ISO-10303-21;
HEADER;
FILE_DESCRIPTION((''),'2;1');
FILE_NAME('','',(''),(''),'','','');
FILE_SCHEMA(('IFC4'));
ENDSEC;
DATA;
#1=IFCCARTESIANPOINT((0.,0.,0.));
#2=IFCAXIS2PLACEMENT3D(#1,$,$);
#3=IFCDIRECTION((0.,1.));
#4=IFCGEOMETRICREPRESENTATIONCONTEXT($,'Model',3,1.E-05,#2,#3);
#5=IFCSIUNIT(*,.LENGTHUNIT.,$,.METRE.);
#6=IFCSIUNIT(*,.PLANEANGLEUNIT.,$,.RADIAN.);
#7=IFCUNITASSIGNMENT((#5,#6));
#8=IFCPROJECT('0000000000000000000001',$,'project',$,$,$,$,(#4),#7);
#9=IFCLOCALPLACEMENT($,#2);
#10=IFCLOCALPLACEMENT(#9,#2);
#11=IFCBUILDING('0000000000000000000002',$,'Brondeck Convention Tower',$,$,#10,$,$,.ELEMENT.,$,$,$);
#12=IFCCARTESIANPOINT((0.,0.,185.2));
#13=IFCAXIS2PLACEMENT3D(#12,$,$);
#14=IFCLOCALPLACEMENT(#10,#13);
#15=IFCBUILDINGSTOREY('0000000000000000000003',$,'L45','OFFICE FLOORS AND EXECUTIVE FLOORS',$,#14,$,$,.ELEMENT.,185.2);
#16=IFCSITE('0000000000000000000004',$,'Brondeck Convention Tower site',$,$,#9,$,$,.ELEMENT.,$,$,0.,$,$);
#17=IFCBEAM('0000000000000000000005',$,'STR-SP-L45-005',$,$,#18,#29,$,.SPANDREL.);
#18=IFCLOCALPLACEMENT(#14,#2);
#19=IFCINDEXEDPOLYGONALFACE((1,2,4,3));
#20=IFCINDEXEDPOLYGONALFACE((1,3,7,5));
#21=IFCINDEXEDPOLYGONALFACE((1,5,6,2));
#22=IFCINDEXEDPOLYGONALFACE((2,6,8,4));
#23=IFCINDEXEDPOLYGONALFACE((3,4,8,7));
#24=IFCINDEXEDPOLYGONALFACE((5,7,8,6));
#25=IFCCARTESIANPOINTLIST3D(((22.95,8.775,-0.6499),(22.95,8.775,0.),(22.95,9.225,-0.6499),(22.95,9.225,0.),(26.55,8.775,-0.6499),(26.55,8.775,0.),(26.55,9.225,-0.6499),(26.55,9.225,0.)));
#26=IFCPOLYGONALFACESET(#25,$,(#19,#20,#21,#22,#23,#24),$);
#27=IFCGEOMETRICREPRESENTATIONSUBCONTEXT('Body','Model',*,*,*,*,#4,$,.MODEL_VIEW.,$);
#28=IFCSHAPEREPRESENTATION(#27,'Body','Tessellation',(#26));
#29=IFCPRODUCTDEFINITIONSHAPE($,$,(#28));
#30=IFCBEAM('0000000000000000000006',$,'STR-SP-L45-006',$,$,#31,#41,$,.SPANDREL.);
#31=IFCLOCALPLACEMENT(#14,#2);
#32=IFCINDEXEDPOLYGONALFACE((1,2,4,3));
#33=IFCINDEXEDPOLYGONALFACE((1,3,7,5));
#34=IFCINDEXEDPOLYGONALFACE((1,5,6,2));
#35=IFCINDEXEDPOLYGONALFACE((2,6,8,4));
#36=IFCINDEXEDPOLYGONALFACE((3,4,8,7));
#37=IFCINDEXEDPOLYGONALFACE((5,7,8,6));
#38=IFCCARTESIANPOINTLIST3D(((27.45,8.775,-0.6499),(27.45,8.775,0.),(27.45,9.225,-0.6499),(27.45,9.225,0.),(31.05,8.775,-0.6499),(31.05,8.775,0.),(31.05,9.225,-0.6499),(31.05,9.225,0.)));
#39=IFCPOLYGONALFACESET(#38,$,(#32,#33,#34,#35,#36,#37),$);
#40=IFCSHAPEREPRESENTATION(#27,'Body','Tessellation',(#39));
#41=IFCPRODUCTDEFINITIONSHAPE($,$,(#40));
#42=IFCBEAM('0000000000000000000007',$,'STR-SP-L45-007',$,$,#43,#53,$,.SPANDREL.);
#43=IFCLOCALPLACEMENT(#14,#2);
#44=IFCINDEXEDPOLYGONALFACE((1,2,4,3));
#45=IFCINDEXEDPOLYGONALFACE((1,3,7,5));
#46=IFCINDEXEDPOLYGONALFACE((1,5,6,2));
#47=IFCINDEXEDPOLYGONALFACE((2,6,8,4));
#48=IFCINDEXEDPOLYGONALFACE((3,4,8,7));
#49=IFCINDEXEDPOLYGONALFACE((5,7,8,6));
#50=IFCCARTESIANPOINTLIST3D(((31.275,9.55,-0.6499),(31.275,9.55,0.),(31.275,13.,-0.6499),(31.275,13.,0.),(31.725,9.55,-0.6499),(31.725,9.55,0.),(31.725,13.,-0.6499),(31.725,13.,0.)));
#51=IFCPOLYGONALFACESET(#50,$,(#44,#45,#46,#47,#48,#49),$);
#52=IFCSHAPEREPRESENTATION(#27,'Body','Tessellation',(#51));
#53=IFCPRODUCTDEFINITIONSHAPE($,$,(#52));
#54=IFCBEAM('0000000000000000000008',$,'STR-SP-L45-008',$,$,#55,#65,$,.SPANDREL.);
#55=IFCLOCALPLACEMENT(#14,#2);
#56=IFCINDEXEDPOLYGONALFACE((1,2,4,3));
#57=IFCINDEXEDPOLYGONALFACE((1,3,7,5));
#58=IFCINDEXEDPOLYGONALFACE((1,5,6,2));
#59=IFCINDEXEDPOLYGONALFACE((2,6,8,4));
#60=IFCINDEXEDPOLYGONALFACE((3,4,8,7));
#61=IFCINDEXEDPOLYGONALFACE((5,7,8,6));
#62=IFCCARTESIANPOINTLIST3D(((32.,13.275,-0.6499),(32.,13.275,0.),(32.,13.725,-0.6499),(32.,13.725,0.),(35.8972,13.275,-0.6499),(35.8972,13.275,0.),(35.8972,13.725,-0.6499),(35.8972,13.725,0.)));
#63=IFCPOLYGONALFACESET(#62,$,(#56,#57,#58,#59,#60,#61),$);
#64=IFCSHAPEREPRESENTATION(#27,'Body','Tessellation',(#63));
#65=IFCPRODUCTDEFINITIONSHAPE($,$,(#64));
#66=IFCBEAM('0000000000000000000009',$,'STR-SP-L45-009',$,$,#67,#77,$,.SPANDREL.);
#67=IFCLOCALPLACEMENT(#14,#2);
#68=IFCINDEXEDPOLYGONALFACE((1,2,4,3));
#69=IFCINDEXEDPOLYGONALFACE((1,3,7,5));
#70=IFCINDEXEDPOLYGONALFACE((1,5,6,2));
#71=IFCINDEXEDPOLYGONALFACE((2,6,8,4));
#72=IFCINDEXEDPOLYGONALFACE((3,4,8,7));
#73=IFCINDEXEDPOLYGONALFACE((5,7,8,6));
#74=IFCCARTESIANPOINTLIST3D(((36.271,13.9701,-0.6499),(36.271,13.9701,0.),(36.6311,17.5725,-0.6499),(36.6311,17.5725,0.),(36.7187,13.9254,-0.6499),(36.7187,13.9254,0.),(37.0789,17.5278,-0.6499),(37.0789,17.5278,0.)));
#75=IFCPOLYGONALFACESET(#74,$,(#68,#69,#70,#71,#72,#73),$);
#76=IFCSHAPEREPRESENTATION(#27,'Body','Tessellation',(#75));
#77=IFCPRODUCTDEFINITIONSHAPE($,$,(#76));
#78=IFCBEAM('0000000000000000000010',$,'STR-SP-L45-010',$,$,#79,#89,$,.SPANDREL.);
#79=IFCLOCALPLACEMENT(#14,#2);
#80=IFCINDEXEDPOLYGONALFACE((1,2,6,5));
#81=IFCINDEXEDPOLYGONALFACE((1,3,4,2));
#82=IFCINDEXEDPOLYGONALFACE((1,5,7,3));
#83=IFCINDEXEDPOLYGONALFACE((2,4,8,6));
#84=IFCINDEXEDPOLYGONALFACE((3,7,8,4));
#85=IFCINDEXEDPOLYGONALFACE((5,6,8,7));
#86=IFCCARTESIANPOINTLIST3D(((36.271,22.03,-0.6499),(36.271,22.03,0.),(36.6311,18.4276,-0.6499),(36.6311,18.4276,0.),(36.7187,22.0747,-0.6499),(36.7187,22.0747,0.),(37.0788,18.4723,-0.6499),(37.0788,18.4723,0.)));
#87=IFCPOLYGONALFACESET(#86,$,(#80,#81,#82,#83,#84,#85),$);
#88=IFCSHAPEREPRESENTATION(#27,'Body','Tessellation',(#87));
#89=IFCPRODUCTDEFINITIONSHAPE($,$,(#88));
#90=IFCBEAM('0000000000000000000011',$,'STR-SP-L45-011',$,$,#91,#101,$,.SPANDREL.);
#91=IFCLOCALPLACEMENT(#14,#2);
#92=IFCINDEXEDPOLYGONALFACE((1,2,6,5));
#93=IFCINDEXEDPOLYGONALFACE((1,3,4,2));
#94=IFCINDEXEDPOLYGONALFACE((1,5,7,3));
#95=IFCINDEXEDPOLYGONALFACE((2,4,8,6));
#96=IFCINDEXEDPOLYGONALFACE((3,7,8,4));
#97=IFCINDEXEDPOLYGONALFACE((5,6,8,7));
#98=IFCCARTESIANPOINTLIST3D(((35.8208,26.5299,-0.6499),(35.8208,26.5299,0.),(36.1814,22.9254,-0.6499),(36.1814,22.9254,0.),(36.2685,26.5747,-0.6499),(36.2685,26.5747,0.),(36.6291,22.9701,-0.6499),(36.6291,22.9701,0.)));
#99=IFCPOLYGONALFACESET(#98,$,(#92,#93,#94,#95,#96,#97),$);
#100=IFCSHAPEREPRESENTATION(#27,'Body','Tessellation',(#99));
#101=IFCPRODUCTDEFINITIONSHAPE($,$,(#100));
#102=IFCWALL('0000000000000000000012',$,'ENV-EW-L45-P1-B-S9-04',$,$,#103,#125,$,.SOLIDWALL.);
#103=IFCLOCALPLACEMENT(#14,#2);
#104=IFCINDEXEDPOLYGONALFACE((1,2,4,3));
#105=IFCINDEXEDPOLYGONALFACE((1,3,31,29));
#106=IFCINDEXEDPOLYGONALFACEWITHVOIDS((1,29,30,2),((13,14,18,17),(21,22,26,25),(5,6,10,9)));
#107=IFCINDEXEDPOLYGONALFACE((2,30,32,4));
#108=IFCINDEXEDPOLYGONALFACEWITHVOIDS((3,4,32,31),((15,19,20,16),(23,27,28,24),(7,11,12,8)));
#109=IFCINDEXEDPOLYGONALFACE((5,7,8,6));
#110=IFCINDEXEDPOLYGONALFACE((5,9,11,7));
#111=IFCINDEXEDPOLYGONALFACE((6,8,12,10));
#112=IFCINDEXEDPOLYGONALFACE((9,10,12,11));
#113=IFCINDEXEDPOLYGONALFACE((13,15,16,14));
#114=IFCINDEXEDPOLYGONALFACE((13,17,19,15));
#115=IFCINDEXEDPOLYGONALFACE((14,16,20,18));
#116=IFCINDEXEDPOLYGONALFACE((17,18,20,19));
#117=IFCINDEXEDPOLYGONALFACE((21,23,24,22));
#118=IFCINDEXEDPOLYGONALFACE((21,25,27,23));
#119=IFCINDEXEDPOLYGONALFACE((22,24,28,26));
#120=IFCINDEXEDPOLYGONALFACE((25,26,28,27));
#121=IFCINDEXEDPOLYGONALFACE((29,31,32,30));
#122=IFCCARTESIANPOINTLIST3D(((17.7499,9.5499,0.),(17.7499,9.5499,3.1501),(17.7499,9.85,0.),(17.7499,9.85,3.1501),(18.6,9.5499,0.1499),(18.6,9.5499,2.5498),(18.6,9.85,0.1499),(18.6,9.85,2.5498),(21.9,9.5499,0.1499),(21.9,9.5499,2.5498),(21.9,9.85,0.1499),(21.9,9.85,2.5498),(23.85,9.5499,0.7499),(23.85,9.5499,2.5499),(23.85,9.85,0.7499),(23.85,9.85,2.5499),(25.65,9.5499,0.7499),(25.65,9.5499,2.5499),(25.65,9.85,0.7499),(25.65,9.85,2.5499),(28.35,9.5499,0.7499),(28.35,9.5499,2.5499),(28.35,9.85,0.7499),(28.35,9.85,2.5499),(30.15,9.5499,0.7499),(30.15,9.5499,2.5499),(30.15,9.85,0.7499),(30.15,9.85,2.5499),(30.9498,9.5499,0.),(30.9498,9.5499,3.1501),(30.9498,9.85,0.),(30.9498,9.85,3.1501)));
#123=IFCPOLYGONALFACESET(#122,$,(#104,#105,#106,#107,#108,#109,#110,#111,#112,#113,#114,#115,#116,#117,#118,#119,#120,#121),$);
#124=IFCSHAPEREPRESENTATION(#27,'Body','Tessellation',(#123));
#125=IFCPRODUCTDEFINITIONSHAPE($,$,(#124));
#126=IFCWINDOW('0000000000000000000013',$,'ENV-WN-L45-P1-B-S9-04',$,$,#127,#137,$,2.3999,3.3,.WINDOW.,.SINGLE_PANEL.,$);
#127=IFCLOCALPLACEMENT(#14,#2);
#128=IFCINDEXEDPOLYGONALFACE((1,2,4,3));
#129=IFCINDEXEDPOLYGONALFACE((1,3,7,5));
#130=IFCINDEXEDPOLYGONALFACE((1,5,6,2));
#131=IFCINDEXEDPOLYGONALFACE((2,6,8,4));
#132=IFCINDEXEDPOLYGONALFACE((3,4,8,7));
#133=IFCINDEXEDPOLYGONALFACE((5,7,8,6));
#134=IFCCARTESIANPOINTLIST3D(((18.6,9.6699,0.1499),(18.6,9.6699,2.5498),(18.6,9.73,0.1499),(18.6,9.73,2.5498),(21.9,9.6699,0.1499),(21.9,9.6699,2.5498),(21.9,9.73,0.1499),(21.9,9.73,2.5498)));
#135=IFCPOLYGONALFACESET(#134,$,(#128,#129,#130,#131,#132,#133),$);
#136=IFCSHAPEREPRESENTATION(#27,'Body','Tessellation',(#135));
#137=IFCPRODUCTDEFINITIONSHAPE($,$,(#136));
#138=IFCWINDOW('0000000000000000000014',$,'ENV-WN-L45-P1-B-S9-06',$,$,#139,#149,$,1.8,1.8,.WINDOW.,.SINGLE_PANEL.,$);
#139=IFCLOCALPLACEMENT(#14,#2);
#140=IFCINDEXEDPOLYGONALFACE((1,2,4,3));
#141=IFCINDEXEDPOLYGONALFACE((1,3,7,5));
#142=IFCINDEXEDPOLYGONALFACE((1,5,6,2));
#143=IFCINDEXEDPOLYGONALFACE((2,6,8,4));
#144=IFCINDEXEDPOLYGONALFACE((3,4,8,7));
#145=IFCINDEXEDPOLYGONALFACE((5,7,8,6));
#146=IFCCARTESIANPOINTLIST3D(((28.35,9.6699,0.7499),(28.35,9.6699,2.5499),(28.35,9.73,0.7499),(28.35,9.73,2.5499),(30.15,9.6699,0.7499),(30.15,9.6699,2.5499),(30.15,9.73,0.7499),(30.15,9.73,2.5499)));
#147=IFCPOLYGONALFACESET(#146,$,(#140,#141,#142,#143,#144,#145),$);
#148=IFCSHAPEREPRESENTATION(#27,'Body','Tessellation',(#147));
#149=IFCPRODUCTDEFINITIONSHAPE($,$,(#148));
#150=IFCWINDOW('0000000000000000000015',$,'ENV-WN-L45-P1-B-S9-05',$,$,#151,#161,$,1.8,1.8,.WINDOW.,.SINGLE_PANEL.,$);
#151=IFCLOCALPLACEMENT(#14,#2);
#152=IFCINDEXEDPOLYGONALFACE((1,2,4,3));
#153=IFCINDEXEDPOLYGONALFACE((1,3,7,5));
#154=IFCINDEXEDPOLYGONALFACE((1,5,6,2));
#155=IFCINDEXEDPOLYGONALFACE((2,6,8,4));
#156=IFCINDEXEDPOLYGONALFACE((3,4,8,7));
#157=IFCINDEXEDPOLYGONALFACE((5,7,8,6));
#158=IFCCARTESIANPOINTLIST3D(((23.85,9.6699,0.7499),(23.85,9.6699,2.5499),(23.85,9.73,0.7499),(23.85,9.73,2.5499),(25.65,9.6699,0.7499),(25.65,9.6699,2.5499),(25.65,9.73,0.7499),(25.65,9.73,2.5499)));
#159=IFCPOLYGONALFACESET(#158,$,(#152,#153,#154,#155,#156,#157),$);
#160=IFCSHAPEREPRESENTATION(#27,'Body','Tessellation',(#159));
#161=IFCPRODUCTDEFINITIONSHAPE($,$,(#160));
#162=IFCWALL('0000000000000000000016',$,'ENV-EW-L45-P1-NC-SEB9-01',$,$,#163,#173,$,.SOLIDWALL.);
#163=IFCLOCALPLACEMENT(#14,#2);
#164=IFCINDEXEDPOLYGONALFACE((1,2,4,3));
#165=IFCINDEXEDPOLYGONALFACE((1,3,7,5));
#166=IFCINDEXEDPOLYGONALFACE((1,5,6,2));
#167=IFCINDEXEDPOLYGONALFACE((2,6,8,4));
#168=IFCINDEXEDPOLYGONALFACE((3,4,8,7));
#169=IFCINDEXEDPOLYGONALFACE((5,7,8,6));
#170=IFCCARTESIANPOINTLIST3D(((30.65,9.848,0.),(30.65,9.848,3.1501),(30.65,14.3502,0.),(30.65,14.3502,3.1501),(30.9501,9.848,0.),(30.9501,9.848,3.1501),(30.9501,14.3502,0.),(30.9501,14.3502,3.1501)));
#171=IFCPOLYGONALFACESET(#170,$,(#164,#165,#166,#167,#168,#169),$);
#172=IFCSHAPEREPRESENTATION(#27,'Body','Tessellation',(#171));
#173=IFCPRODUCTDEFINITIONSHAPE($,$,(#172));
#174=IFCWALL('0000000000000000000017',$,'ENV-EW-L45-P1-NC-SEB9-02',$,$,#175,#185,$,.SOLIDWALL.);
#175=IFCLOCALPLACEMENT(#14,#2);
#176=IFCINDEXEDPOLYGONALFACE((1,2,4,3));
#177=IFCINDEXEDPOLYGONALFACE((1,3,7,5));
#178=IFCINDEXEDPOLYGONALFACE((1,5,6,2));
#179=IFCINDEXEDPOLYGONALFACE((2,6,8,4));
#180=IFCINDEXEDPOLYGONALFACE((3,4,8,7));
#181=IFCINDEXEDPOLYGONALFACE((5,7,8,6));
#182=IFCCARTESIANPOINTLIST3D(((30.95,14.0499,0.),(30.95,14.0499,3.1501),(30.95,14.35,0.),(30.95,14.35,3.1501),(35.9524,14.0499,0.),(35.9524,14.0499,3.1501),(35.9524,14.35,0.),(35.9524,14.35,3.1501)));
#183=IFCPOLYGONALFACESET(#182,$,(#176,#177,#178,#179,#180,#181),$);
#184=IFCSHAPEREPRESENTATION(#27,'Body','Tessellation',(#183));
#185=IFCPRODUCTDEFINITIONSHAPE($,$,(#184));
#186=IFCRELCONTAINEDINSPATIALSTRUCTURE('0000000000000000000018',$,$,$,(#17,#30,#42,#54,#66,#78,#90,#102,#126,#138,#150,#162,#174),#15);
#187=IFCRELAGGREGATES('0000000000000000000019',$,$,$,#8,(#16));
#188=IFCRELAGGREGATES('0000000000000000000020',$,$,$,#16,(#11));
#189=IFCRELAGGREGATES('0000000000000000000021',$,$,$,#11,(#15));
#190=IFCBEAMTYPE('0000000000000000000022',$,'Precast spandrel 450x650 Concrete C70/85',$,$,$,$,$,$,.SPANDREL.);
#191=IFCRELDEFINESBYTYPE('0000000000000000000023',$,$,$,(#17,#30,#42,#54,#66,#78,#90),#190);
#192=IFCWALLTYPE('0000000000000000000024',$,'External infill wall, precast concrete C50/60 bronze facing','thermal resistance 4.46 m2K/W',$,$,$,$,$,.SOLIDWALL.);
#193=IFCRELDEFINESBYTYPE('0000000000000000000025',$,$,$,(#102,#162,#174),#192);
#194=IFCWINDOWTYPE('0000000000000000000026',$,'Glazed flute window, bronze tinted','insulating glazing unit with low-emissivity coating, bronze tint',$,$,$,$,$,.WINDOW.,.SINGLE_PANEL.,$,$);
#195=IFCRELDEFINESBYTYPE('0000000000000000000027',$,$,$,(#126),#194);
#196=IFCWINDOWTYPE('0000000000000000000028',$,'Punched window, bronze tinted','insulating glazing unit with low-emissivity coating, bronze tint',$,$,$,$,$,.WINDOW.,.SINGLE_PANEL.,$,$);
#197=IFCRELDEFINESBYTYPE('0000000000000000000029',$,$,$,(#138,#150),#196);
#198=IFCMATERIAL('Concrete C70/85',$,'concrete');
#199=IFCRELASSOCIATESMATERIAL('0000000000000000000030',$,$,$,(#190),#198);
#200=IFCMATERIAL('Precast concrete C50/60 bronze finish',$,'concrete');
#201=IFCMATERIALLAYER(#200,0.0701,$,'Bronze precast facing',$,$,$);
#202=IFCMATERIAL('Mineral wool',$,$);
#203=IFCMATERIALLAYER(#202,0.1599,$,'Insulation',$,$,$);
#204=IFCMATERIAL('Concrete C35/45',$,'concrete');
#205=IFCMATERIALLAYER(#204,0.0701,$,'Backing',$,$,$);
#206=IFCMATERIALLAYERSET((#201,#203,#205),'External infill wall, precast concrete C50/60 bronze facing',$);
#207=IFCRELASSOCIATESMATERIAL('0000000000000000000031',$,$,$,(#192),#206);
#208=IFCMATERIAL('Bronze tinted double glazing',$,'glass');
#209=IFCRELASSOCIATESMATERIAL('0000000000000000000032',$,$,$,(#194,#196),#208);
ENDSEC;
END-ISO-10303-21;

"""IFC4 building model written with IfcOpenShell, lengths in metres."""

from ifc_helpers import new_model, si_unit, direction, frame, frame_2d, origin, origin_2d, place, context, subcontext, project, spatial, rectangle, extrude, material, layer, layer_set, material_profile, profile_set, type_object, element, fill, save


model = new_model("IFC4")

# Units and contexts
model_context = context("Model", 3, precision=1e-05, world=origin(), true_north=direction((0.0, 1.0)))
body_context = subcontext(model_context, "Body", "Model", "MODEL_VIEW")
ifc_project = project(units=[si_unit("LENGTHUNIT", "METRE"), si_unit("PLANEANGLEUNIT", "RADIAN")], contexts=[model_context])

# Site, building, storey
site_placement = place(None, origin())
site = spatial("IfcSite", under=ifc_project, at=site_placement, Name="Brondeck Convention Tower site", CompositionType="ELEMENT", RefElevation=0.0)
building_placement = place(site_placement, origin())
building = spatial("IfcBuilding", under=site, at=building_placement, Name="Brondeck Convention Tower", CompositionType="ELEMENT")
storey_placement = place(building_placement, frame((0.0, 0.0, 185.2)))
storey = spatial("IfcBuildingStorey", under=building, at=storey_placement, Name="L45", Description="OFFICE FLOORS AND EXECUTIVE FLOORS", CompositionType="ELEMENT", Elevation=185.2)

# Shared definitions
ifc_material_1 = material(Name="Concrete C70/85", Category="concrete")

# Beams
ifc_material_profile_1 = material_profile(ifc_material_1, rectangle(XDim=0.45, YDim=0.6499, at=origin_2d()), Name="Precast spandrel 450x650 Concrete C70/85")
ifc_profile_set_1 = profile_set([ifc_material_profile_1], Name="Concrete C70/85")
beam_type_1 = type_object("IfcBeamType", Name="Precast spandrel 450x650 Concrete C70/85", PredefinedType="SPANDREL", material=ifc_profile_set_1)
for number, where, z_axis, x_axis, name in (
    (1, (22.95, 9.0, -0.325), (1.0, 0.0, 0.0), (0.0, 1.0, 0.0), "STR-SP-L45-005"),
    (2, (27.45, 9.0, -0.325), (1.0, 0.0, 0.0), (0.0, 1.0, 0.0), "STR-SP-L45-006"),
):
    element("IfcBeam", number, at=place(storey_placement, frame(where, z_axis=z_axis, x_axis=x_axis)), inside=storey, type_object=beam_type_1, Name=name, PredefinedType="SPANDREL", context=body_context, shape_type="SweptSolid", body=[
        extrude(rectangle(XDim=0.45, YDim=0.6499, at=origin_2d()), origin(), (0.0, 0.0, 1.0), 3.6001),
    ])
beam_1_placement = place(storey_placement, frame((31.5, 9.55, -0.325), z_axis=(0.0, 1.0, 0.0), x_axis=(-1.0, 0.0, 0.0)))
element("IfcBeam", 3, at=beam_1_placement, inside=storey, type_object=beam_type_1, Name="STR-SP-L45-007", PredefinedType="SPANDREL", context=body_context, shape_type="SweptSolid", body=[
    extrude(rectangle(XDim=0.45, YDim=0.6499, at=origin_2d()), origin(), (0.0, 0.0, 1.0), 3.45),
])
beam_2_placement = place(storey_placement, frame((32.0, 13.5, -0.325), z_axis=(1.0, 0.0, 0.0), x_axis=(0.0, 1.0, 0.0)))
element("IfcBeam", 4, at=beam_2_placement, inside=storey, type_object=beam_type_1, Name="STR-SP-L45-008", PredefinedType="SPANDREL", context=body_context, shape_type="SweptSolid", body=[
    extrude(rectangle(XDim=0.45, YDim=0.6499, at=origin_2d()), origin(), (0.0, 0.0, 1.0), 3.8972),
])
for number, where, z_axis, x_axis, name in (
    (5, (36.4949, 13.9478, -0.325), (0.09947, 0.995041, 0.0), (-0.995041, 0.09947, 0.0), "STR-SP-L45-009"),
    (6, (36.855, 18.45, -0.325), (-0.09947, 0.995041, 0.0), (-0.995041, -0.09947, 0.0), "STR-SP-L45-010"),
):
    element("IfcBeam", number, at=place(storey_placement, frame(where, z_axis=z_axis, x_axis=x_axis)), inside=storey, type_object=beam_type_1, Name=name, PredefinedType="SPANDREL", context=body_context, shape_type="SweptSolid", body=[
        extrude(rectangle(XDim=0.45, YDim=0.6499, at=origin_2d()), origin(), (0.0, 0.0, 1.0), 3.6204),
    ])
beam_3_placement = place(storey_placement, frame((36.4053, 22.9478, -0.325), z_axis=(-0.099544, 0.995033, 0.0), x_axis=(-0.995033, -0.099544, 0.0)))
element("IfcBeam", 7, at=beam_3_placement, inside=storey, type_object=beam_type_1, Name="STR-SP-L45-011", PredefinedType="SPANDREL", context=body_context, shape_type="SweptSolid", body=[
    extrude(rectangle(XDim=0.45, YDim=0.6499, at=origin_2d()), origin(), (0.0, 0.0, 1.0), 3.6226),
])

# Wall, openings, windows
ifc_material_2 = material(Name="Precast concrete C50/60 bronze finish", Category="concrete")
ifc_layer_1 = layer(ifc_material_2, 0.0701, Name="Bronze precast facing")
ifc_material_3 = material(Name="Mineral wool")
ifc_layer_2 = layer(ifc_material_3, 0.1599, Name="Insulation")
ifc_material_4 = material(Name="Concrete C35/45", Category="concrete")
ifc_layer_3 = layer(ifc_material_4, 0.0701, Name="Backing")
ifc_layer_set_1 = layer_set([ifc_layer_1, ifc_layer_2, ifc_layer_3], Name="External infill wall, precast concrete C50/60 bronze facing")
wall_type_1 = type_object("IfcWallType", Name="External infill wall, precast concrete C50/60 bronze facing", Description="thermal resistance 4.46 m2K/W", PredefinedType="SOLIDWALL", material=ifc_layer_set_1)
wall_1_placement = place(storey_placement, frame((30.95, 9.7, 0.0), z_axis=(0.0, 0.0, 1.0), x_axis=(-1.0, 0.0, 0.0)))
wall_1 = element("IfcWall", 8, at=wall_1_placement, inside=storey, type_object=wall_type_1, Name="ENV-EW-L45-P1-B-S9-04", PredefinedType="SOLIDWALL", context=body_context, shape_type="SweptSolid", body=[
    extrude(rectangle(XDim=13.2, YDim=0.3, at=frame_2d((6.6001, 0.0))), origin(), (0.0, 0.0, 1.0), 3.1501),
])
opening_1_placement = place(wall_1_placement, frame((0.8, 0.0, 0.75)))
opening_1 = element("IfcOpeningElement", 9, at=opening_1_placement, cuts=wall_1, PredefinedType="OPENING", context=body_context, shape_type="SweptSolid", body=[
    extrude(rectangle(XDim=1.8, YDim=1.8, at=frame_2d((0.8999, 0.8999))), frame((0.0, 0.1599, 0.0), z_axis=(0.0, -1.0, 0.0), x_axis=(1.0, 0.0, 0.0)), (0.0, 0.0, 1.0), 0.3201),
])
opening_2_placement = place(wall_1_placement, frame((5.3, 0.0, 0.75)))
opening_2 = element("IfcOpeningElement", 10, at=opening_2_placement, cuts=wall_1, PredefinedType="OPENING", context=body_context, shape_type="SweptSolid", body=[
    extrude(rectangle(XDim=1.8, YDim=1.8, at=frame_2d((0.8999, 0.8999))), frame((0.0, 0.1599, 0.0), z_axis=(0.0, -1.0, 0.0), x_axis=(1.0, 0.0, 0.0)), (0.0, 0.0, 1.0), 0.3201),
])
opening_3_placement = place(wall_1_placement, frame((9.05, 0.0, 0.1499)))
opening_3 = element("IfcOpeningElement", 11, at=opening_3_placement, cuts=wall_1, PredefinedType="OPENING", context=body_context, shape_type="SweptSolid", body=[
    extrude(rectangle(XDim=3.3, YDim=2.3999, at=frame_2d((1.6499, 1.2))), frame((0.0, 0.1599, 0.0), z_axis=(0.0, -1.0, 0.0), x_axis=(1.0, 0.0, 0.0)), (0.0, 0.0, 1.0), 0.3201),
])
ifc_material_5 = material(Name="Bronze tinted double glazing", Category="glass")
window_type_1 = type_object("IfcWindowType", Name="Glazed flute window, bronze tinted", Description="insulating glazing unit with low-emissivity coating, bronze tint", PartitioningType="SINGLE_PANEL", PredefinedType="WINDOW", material=ifc_material_5)
window_1_placement = place(opening_3_placement, origin())
window_1 = element("IfcWindow", 12, at=window_1_placement, inside=storey, type_object=window_type_1, Name="ENV-WN-L45-P1-B-S9-04", OverallHeight=2.3999, OverallWidth=3.3, PartitioningType="SINGLE_PANEL", PredefinedType="WINDOW", context=body_context, shape_type="SweptSolid", body=[
    extrude(rectangle(XDim=3.3, YDim=2.3999, at=frame_2d((1.6499, 1.2))), frame((0.0, 0.03, 0.0), z_axis=(0.0, -1.0, 0.0), x_axis=(1.0, 0.0, 0.0)), (0.0, 0.0, 1.0), 0.0601),
])
fill(opening_3, window_1)
window_type_2 = type_object("IfcWindowType", Name="Punched window, bronze tinted", Description="insulating glazing unit with low-emissivity coating, bronze tint", PartitioningType="SINGLE_PANEL", PredefinedType="WINDOW", material=ifc_material_5)
window_2_placement = place(opening_1_placement, origin())
window_2 = element("IfcWindow", 13, at=window_2_placement, inside=storey, type_object=window_type_2, Name="ENV-WN-L45-P1-B-S9-06", OverallHeight=1.8, OverallWidth=1.8, PartitioningType="SINGLE_PANEL", PredefinedType="WINDOW", context=body_context, shape_type="SweptSolid", body=[
    extrude(rectangle(XDim=1.8, YDim=1.8, at=frame_2d((0.8999, 0.8999))), frame((0.0, 0.03, 0.0), z_axis=(0.0, -1.0, 0.0), x_axis=(1.0, 0.0, 0.0)), (0.0, 0.0, 1.0), 0.0601),
])
fill(opening_1, window_2)
window_3_placement = place(opening_2_placement, origin())
window_3 = element("IfcWindow", 14, at=window_3_placement, inside=storey, type_object=window_type_2, Name="ENV-WN-L45-P1-B-S9-05", OverallHeight=1.8, OverallWidth=1.8, PartitioningType="SINGLE_PANEL", PredefinedType="WINDOW", context=body_context, shape_type="SweptSolid", body=[
    extrude(rectangle(XDim=1.8, YDim=1.8, at=frame_2d((0.8999, 0.8999))), frame((0.0, 0.03, 0.0), z_axis=(0.0, -1.0, 0.0), x_axis=(1.0, 0.0, 0.0)), (0.0, 0.0, 1.0), 0.0601),
])
fill(opening_2, window_3)

# Walls
wall_2_placement = place(storey_placement, frame((30.8, 14.3501, 0.0), z_axis=(0.0, 0.0, 1.0), x_axis=(0.0, -1.0, 0.0)))
element("IfcWall", 15, at=wall_2_placement, inside=storey, type_object=wall_type_1, Name="ENV-EW-L45-P1-NC-SEB9-01", PredefinedType="SOLIDWALL", context=body_context, shape_type="SweptSolid", body=[
    extrude(rectangle(XDim=4.5022, YDim=0.3, at=frame_2d((2.251, 0.0))), origin(), (0.0, 0.0, 1.0), 3.1501),
])
wall_3_placement = place(storey_placement, frame((35.9524, 14.2, 0.0), z_axis=(0.0, 0.0, 1.0), x_axis=(-1.0, 0.0, 0.0)))
element("IfcWall", 16, at=wall_3_placement, inside=storey, type_object=wall_type_1, Name="ENV-EW-L45-P1-NC-SEB9-02", PredefinedType="SOLIDWALL", context=body_context, shape_type="SweptSolid", body=[
    extrude(rectangle(XDim=5.0024, YDim=0.3, at=frame_2d((2.5012, 0.0))), origin(), (0.0, 0.0, 1.0), 3.1501),
])

save(model, "model.ifc")
